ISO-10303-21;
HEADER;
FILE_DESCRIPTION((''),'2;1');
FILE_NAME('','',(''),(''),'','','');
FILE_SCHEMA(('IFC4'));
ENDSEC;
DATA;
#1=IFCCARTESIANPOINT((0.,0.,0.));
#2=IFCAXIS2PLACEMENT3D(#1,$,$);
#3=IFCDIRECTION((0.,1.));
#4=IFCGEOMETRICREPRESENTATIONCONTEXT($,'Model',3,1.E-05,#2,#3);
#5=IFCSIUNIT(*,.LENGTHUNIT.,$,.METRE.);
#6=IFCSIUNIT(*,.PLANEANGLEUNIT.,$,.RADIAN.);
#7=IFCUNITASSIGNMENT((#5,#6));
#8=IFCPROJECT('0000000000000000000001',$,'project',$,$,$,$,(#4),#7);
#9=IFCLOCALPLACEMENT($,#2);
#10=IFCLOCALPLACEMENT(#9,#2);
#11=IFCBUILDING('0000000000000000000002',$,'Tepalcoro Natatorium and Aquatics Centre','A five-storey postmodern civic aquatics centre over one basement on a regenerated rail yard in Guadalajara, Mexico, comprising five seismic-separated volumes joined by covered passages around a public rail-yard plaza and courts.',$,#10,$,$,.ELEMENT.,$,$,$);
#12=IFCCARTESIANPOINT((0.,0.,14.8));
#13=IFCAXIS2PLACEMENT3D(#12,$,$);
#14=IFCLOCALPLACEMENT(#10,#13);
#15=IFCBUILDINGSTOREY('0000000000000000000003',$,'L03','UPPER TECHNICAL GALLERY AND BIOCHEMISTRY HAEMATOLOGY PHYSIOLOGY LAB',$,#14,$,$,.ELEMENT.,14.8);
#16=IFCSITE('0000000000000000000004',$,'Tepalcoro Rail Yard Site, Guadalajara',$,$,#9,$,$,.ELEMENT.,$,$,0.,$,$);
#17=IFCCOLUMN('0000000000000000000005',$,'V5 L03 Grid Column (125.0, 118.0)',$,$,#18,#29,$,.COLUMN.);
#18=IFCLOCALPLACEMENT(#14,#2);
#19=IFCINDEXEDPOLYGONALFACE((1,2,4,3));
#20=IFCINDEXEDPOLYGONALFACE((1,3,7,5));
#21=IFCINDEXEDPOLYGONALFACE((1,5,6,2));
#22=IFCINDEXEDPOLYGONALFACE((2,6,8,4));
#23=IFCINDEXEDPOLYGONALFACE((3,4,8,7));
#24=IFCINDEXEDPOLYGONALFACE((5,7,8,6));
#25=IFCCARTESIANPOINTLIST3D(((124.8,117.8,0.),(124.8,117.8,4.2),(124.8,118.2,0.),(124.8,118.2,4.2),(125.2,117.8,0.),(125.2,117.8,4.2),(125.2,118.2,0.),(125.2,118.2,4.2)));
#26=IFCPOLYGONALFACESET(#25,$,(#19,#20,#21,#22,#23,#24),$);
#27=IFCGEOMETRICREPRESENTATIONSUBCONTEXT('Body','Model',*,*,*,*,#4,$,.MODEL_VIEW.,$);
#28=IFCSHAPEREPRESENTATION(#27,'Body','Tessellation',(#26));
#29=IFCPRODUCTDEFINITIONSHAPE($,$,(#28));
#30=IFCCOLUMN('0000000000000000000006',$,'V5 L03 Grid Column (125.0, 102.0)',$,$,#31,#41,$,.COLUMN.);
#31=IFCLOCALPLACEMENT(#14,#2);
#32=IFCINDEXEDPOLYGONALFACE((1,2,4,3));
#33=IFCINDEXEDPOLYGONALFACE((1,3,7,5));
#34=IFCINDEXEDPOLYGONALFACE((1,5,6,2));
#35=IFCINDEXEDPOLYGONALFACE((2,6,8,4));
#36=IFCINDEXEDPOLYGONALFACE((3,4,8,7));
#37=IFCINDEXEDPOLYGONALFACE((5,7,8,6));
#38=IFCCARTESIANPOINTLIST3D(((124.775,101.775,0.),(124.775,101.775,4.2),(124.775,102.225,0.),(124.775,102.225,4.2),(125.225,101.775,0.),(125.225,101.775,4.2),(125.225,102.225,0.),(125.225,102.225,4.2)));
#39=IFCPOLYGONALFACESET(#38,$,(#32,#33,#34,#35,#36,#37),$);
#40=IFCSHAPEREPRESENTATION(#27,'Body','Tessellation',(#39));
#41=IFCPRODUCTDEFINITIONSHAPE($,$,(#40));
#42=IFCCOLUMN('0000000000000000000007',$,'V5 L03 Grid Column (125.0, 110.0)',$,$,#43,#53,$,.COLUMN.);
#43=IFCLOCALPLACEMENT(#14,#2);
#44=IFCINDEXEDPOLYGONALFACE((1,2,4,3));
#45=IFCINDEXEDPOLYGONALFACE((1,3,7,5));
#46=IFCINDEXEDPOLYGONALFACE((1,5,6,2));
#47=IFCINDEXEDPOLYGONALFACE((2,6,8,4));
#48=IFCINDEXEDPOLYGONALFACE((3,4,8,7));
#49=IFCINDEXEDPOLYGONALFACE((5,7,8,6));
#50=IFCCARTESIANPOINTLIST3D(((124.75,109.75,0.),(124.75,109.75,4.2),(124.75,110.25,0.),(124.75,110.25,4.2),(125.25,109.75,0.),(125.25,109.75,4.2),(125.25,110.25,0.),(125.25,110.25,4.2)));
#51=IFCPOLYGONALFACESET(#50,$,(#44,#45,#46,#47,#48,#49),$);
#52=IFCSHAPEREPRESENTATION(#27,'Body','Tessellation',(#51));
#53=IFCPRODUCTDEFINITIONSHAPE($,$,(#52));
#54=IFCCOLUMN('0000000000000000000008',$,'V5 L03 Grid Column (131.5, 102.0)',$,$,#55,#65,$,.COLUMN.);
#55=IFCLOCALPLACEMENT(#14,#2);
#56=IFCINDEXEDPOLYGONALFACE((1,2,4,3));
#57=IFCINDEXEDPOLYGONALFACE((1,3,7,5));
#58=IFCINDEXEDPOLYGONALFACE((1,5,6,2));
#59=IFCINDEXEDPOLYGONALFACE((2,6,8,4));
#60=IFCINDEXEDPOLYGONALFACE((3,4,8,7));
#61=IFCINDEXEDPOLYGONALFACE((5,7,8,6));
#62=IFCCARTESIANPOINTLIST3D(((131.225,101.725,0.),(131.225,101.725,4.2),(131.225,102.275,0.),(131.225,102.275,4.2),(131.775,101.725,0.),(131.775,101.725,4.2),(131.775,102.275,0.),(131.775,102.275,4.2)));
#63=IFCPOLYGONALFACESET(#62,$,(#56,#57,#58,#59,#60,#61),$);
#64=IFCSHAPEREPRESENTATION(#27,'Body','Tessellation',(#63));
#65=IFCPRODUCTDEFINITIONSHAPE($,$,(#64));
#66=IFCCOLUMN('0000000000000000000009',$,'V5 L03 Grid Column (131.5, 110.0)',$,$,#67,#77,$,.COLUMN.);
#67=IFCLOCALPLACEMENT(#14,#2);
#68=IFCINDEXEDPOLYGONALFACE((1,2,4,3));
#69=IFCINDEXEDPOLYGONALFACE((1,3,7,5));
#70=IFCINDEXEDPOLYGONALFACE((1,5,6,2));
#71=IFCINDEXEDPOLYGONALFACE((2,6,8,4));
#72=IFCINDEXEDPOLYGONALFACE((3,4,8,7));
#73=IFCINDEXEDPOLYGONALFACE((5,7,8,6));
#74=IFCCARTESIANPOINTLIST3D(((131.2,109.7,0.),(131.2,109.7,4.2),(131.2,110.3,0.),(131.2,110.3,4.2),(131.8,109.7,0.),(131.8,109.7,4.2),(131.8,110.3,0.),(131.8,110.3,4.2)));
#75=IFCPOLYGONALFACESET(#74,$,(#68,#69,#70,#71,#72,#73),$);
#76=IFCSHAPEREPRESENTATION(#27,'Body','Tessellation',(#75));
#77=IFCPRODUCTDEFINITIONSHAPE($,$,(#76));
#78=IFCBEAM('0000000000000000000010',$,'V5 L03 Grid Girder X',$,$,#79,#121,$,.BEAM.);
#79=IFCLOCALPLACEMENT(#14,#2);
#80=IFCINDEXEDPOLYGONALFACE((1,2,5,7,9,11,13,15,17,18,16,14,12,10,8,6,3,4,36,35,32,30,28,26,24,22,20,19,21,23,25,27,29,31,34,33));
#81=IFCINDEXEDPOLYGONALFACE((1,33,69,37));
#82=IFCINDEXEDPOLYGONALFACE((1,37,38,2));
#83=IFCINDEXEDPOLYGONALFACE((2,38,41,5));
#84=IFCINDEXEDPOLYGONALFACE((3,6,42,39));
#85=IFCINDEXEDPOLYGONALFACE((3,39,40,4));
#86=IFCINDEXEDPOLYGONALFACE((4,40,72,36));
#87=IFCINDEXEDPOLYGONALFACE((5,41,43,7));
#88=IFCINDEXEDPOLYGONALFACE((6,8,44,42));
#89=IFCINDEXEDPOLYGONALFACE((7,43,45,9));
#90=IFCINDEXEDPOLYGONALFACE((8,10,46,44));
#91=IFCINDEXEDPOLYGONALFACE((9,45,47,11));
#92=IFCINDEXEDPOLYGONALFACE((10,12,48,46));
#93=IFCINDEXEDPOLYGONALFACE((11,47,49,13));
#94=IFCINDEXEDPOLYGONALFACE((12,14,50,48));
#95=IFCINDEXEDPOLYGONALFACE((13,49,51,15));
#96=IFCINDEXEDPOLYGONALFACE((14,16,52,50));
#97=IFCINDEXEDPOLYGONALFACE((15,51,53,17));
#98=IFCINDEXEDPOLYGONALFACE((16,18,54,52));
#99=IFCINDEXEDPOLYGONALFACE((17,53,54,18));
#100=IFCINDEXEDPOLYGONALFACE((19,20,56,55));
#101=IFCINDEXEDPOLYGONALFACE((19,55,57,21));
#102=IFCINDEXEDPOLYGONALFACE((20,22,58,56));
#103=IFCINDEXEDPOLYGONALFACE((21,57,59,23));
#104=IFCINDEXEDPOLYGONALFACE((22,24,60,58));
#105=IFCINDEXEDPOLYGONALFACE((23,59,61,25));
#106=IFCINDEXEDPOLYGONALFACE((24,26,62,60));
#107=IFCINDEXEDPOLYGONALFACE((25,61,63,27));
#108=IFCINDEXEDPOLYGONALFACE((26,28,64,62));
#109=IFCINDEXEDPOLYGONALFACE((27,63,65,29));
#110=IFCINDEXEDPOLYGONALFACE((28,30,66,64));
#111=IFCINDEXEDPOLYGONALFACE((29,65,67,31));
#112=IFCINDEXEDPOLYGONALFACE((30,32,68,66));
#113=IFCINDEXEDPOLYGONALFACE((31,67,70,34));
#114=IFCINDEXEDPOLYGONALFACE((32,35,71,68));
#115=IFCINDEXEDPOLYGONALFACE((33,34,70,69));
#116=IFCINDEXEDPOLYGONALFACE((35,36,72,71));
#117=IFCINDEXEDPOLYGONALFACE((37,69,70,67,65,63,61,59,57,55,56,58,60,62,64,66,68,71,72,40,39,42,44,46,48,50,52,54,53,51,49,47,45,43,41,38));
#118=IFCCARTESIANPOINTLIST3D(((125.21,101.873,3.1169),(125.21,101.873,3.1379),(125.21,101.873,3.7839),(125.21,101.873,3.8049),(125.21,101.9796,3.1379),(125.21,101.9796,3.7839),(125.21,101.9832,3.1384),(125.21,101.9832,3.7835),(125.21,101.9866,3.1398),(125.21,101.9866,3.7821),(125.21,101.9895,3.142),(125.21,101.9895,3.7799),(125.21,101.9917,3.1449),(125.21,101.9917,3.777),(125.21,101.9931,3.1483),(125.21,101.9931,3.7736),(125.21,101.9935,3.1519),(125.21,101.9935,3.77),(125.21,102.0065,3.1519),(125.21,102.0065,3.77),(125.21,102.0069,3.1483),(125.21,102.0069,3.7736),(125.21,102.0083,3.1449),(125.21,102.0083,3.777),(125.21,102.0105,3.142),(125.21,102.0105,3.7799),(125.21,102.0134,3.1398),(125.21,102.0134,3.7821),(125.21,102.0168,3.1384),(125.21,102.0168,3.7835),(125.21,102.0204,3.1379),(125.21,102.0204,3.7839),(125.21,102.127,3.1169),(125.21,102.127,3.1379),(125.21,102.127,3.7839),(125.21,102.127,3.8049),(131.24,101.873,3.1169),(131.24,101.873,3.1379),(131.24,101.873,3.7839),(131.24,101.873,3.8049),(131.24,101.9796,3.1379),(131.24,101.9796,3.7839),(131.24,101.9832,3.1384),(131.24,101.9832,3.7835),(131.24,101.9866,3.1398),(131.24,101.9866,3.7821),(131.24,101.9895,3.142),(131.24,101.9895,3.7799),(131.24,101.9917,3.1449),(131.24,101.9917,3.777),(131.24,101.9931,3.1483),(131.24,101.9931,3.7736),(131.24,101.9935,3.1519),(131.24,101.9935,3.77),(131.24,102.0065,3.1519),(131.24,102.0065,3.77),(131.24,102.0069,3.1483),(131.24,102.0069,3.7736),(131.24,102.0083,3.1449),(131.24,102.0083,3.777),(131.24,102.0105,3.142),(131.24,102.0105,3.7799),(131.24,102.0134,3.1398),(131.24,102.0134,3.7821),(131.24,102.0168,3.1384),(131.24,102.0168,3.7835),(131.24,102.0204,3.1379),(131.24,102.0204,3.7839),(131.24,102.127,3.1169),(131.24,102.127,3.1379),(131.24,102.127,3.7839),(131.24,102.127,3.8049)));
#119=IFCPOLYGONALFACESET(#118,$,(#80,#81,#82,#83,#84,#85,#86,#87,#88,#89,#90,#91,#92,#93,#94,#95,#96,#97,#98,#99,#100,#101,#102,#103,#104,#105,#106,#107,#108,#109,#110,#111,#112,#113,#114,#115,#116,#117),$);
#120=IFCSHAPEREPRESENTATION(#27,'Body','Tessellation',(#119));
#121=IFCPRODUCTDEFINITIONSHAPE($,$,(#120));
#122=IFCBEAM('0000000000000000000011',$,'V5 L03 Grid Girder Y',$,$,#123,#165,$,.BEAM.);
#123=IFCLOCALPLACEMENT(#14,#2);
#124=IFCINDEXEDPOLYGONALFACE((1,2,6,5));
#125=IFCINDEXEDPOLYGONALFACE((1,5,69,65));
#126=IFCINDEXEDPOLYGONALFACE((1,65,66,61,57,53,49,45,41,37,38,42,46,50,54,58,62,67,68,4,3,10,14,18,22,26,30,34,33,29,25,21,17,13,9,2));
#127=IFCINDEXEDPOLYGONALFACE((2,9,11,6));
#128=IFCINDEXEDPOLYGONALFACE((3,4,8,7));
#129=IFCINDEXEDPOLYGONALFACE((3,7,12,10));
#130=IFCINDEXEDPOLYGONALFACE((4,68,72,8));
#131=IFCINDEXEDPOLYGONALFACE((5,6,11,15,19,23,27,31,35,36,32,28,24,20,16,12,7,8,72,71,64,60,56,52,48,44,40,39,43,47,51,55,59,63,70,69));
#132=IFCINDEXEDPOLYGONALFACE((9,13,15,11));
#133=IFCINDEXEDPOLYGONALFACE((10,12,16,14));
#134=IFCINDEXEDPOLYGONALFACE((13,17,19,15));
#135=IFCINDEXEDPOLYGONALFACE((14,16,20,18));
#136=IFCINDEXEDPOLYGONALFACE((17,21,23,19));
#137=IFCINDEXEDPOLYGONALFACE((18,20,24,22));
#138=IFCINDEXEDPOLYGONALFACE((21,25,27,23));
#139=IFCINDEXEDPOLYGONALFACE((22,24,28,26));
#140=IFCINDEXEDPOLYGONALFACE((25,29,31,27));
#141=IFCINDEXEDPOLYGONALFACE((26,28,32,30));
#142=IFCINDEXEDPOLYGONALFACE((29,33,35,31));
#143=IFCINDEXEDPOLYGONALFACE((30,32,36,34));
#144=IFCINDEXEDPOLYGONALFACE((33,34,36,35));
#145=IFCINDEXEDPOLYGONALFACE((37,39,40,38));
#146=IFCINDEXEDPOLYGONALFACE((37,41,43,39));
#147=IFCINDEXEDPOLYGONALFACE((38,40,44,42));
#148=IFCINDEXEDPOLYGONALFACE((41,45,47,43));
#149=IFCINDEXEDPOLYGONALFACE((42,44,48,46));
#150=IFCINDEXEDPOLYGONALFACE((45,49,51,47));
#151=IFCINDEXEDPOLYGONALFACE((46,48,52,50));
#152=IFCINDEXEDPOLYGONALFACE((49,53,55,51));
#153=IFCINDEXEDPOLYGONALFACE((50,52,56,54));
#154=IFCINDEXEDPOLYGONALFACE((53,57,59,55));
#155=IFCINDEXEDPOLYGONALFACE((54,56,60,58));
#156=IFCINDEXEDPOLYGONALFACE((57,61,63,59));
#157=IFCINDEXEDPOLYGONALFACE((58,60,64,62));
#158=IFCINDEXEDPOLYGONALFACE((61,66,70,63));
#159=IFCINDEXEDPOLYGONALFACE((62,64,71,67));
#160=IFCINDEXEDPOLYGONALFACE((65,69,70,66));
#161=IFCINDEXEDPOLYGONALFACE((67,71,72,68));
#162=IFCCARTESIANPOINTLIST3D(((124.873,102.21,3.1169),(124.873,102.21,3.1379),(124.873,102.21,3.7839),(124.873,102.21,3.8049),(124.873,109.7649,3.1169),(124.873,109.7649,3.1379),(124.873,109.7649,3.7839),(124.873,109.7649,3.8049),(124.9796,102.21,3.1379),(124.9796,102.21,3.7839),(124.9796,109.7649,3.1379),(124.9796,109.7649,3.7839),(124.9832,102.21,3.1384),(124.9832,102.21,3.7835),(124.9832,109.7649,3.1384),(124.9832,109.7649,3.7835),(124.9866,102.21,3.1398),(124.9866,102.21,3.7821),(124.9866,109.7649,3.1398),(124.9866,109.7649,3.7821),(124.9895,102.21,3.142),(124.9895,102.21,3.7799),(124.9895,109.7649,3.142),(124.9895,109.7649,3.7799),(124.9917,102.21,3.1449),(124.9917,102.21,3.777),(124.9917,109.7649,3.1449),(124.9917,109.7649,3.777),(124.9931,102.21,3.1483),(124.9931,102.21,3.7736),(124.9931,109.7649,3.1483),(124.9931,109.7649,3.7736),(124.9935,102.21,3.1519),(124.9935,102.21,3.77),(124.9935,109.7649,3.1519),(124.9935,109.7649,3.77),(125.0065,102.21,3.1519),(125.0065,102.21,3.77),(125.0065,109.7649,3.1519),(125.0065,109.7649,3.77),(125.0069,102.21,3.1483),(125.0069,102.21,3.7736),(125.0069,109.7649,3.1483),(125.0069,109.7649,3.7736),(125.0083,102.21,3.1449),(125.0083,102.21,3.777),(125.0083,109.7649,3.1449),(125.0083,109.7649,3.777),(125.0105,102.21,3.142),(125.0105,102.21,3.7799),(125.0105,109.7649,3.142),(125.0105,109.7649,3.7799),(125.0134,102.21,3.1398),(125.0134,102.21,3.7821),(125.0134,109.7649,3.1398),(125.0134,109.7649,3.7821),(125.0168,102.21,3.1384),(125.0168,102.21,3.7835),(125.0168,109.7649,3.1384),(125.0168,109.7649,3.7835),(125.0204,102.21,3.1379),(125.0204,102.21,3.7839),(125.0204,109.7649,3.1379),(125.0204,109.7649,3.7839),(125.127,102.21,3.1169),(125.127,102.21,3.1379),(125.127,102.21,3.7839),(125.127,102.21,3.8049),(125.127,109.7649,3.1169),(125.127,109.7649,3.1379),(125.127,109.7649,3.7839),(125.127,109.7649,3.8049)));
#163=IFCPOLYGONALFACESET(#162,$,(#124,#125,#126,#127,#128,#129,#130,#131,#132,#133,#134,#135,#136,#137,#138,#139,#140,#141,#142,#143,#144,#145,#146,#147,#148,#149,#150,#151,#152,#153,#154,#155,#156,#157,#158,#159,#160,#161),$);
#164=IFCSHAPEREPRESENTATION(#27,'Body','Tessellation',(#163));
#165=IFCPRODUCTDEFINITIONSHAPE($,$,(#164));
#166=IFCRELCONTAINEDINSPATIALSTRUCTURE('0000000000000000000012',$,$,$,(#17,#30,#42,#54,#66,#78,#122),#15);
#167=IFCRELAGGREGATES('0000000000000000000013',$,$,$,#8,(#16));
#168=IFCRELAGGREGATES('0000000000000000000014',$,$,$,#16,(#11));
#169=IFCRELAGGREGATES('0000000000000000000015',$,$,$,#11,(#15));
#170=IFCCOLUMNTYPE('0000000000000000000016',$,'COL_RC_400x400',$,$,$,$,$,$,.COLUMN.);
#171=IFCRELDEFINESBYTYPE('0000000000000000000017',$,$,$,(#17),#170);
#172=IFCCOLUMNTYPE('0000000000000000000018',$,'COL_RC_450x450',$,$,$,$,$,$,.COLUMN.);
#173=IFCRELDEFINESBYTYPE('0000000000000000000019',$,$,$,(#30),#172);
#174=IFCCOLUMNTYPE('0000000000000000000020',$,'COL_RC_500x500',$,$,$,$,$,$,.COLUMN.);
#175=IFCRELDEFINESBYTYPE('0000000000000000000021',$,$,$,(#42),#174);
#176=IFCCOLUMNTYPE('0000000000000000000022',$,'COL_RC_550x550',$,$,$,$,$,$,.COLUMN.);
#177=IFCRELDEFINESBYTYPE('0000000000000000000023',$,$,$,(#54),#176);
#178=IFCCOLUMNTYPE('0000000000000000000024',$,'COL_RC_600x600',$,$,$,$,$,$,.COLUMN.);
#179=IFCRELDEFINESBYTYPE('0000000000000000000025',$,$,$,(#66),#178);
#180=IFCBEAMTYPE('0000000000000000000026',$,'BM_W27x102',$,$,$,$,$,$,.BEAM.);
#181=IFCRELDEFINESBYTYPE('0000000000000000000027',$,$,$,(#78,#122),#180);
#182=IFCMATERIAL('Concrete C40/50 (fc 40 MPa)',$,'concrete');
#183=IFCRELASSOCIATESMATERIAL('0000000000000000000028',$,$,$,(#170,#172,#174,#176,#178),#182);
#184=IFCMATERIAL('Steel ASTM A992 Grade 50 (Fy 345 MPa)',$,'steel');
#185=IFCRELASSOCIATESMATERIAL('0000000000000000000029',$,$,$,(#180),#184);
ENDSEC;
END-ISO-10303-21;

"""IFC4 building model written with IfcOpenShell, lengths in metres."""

from ifc_helpers import new_model, si_unit, direction, frame, origin, origin_2d, place, context, subcontext, project, spatial, rectangle, i_section, extrude, material, material_profile, profile_set, type_object, element, save


model = new_model("IFC4")

# Units and contexts
model_context = context("Model", 3, precision=1e-05, world=origin(), true_north=direction((0.0, 1.0)))
body_context = subcontext(model_context, "Body", "Model", "MODEL_VIEW")
ifc_project = project(units=[si_unit("LENGTHUNIT", "METRE"), si_unit("PLANEANGLEUNIT", "RADIAN")], contexts=[model_context])

# Site, building, storey
site_placement = place(None, origin())
site = spatial("IfcSite", under=ifc_project, at=site_placement, Name="Tepalcoro Rail Yard Site, Guadalajara", CompositionType="ELEMENT", RefElevation=0.0)
building_placement = place(site_placement, origin())
building = spatial("IfcBuilding", under=site, at=building_placement, Name="Tepalcoro Natatorium and Aquatics Centre", Description="A five-storey postmodern civic aquatics centre over one basement on a regenerated rail yard in Guadalajara, Mexico, comprising five seismic-separated volumes joined by covered passages around a public rail-yard plaza and courts.", CompositionType="ELEMENT")
storey_placement = place(building_placement, frame((0.0, 0.0, 14.8)))
storey = spatial("IfcBuildingStorey", under=building, at=storey_placement, Name="L03", Description="UPPER TECHNICAL GALLERY AND BIOCHEMISTRY HAEMATOLOGY PHYSIOLOGY LAB", CompositionType="ELEMENT", Elevation=14.8)

# Columns
ifc_material_1 = material(Name="Concrete C40/50 (fc 40 MPa)", Category="concrete")
ifc_material_profile_1 = material_profile(ifc_material_1, rectangle(XDim=0.3999, YDim=0.3999, at=origin_2d()), Name="RC400x400")
ifc_profile_set_1 = profile_set([ifc_material_profile_1], Name="Concrete C40/50 (fc 40 MPa)")
column_type_1 = type_object("IfcColumnType", Name="COL_RC_400x400", PredefinedType="COLUMN", material=ifc_profile_set_1)
column_1_placement = place(storey_placement, frame((125.0, 118.0, 0.0), z_axis=(0.0, 0.0, 1.0), x_axis=(1.0, 0.0, 0.0)))
element("IfcColumn", 1, at=column_1_placement, inside=storey, type_object=column_type_1, Name="V5 L03 Grid Column (125.0, 118.0)", PredefinedType="COLUMN", context=body_context, shape_type="SweptSolid", body=[
    extrude(rectangle(XDim=0.3999, YDim=0.3999, at=origin_2d()), origin(), (0.0, 0.0, 1.0), 4.2),
])
ifc_material_profile_2 = material_profile(ifc_material_1, rectangle(XDim=0.45, YDim=0.45, at=origin_2d()), Name="RC450x450")
ifc_profile_set_2 = profile_set([ifc_material_profile_2], Name="Concrete C40/50 (fc 40 MPa)")
column_type_2 = type_object("IfcColumnType", Name="COL_RC_450x450", PredefinedType="COLUMN", material=ifc_profile_set_2)
column_2_placement = place(storey_placement, frame((125.0, 102.0, 0.0), z_axis=(0.0, 0.0, 1.0), x_axis=(1.0, 0.0, 0.0)))
element("IfcColumn", 2, at=column_2_placement, inside=storey, type_object=column_type_2, Name="V5 L03 Grid Column (125.0, 102.0)", PredefinedType="COLUMN", context=body_context, shape_type="SweptSolid", body=[
    extrude(rectangle(XDim=0.45, YDim=0.45, at=origin_2d()), origin(), (0.0, 0.0, 1.0), 4.2),
])
ifc_material_profile_3 = material_profile(ifc_material_1, rectangle(XDim=0.5, YDim=0.5, at=origin_2d()), Name="RC500x500")
ifc_profile_set_3 = profile_set([ifc_material_profile_3], Name="Concrete C40/50 (fc 40 MPa)")
column_type_3 = type_object("IfcColumnType", Name="COL_RC_500x500", PredefinedType="COLUMN", material=ifc_profile_set_3)
column_3_placement = place(storey_placement, frame((125.0, 110.0, 0.0), z_axis=(0.0, 0.0, 1.0), x_axis=(1.0, 0.0, 0.0)))
element("IfcColumn", 3, at=column_3_placement, inside=storey, type_object=column_type_3, Name="V5 L03 Grid Column (125.0, 110.0)", PredefinedType="COLUMN", context=body_context, shape_type="SweptSolid", body=[
    extrude(rectangle(XDim=0.5, YDim=0.5, at=origin_2d()), origin(), (0.0, 0.0, 1.0), 4.2),
])
ifc_material_profile_4 = material_profile(ifc_material_1, rectangle(XDim=0.55, YDim=0.55, at=origin_2d()), Name="RC550x550")
ifc_profile_set_4 = profile_set([ifc_material_profile_4], Name="Concrete C40/50 (fc 40 MPa)")
column_type_4 = type_object("IfcColumnType", Name="COL_RC_550x550", PredefinedType="COLUMN", material=ifc_profile_set_4)
column_4_placement = place(storey_placement, frame((131.5, 102.0, 0.0), z_axis=(0.0, 0.0, 1.0), x_axis=(1.0, 0.0, 0.0)))
element("IfcColumn", 4, at=column_4_placement, inside=storey, type_object=column_type_4, Name="V5 L03 Grid Column (131.5, 102.0)", PredefinedType="COLUMN", context=body_context, shape_type="SweptSolid", body=[
    extrude(rectangle(XDim=0.55, YDim=0.55, at=origin_2d()), origin(), (0.0, 0.0, 1.0), 4.2),
])
ifc_material_profile_5 = material_profile(ifc_material_1, rectangle(XDim=0.6001, YDim=0.6001, at=origin_2d()), Name="RC600x600")
ifc_profile_set_5 = profile_set([ifc_material_profile_5], Name="Concrete C40/50 (fc 40 MPa)")
column_type_5 = type_object("IfcColumnType", Name="COL_RC_600x600", PredefinedType="COLUMN", material=ifc_profile_set_5)
column_5_placement = place(storey_placement, frame((131.5, 110.0, 0.0), z_axis=(0.0, 0.0, 1.0), x_axis=(1.0, 0.0, 0.0)))
element("IfcColumn", 5, at=column_5_placement, inside=storey, type_object=column_type_5, Name="V5 L03 Grid Column (131.5, 110.0)", PredefinedType="COLUMN", context=body_context, shape_type="SweptSolid", body=[
    extrude(rectangle(XDim=0.6001, YDim=0.6001, at=origin_2d()), origin(), (0.0, 0.0, 1.0), 4.2),
])

# Beams
ifc_material_2 = material(Name="Steel ASTM A992 Grade 50 (Fy 345 MPa)", Category="steel")
ifc_material_profile_6 = material_profile(ifc_material_2, i_section(OverallWidth=0.2539, OverallDepth=0.688, WebThickness=0.0129, FlangeThickness=0.021, FilletRadius=0.0139, at=origin_2d()), Name="W27X102")
ifc_profile_set_6 = profile_set([ifc_material_profile_6], Name="Steel ASTM A992 Grade 50 (Fy 345 MPa)")
beam_type_1 = type_object("IfcBeamType", Name="BM_W27x102", PredefinedType="BEAM", material=ifc_profile_set_6)
beam_1_placement = place(storey_placement, frame((125.21, 102.0, 3.4609), z_axis=(1.0, 0.0, 0.0), x_axis=(0.0, 1.0, 0.0)))
element("IfcBeam", 6, at=beam_1_placement, inside=storey, type_object=beam_type_1, Name="V5 L03 Grid Girder X", PredefinedType="BEAM", context=body_context, shape_type="SweptSolid", body=[
    extrude(i_section(OverallWidth=0.2539, OverallDepth=0.688, WebThickness=0.0129, FlangeThickness=0.021, FilletRadius=0.0139, at=origin_2d()), origin(), (0.0, 0.0, 1.0), 6.03),
])
beam_2_placement = place(storey_placement, frame((125.0, 102.21, 3.4609), z_axis=(0.0, 1.0, 0.0), x_axis=(-1.0, 0.0, 0.0)))
element("IfcBeam", 7, at=beam_2_placement, inside=storey, type_object=beam_type_1, Name="V5 L03 Grid Girder Y", PredefinedType="BEAM", context=body_context, shape_type="SweptSolid", body=[
    extrude(i_section(OverallWidth=0.2539, OverallDepth=0.688, WebThickness=0.0129, FlangeThickness=0.021, FilletRadius=0.0139, at=origin_2d()), origin(), (0.0, 0.0, 1.0), 7.5549),
])

save(model, "model.ifc")
